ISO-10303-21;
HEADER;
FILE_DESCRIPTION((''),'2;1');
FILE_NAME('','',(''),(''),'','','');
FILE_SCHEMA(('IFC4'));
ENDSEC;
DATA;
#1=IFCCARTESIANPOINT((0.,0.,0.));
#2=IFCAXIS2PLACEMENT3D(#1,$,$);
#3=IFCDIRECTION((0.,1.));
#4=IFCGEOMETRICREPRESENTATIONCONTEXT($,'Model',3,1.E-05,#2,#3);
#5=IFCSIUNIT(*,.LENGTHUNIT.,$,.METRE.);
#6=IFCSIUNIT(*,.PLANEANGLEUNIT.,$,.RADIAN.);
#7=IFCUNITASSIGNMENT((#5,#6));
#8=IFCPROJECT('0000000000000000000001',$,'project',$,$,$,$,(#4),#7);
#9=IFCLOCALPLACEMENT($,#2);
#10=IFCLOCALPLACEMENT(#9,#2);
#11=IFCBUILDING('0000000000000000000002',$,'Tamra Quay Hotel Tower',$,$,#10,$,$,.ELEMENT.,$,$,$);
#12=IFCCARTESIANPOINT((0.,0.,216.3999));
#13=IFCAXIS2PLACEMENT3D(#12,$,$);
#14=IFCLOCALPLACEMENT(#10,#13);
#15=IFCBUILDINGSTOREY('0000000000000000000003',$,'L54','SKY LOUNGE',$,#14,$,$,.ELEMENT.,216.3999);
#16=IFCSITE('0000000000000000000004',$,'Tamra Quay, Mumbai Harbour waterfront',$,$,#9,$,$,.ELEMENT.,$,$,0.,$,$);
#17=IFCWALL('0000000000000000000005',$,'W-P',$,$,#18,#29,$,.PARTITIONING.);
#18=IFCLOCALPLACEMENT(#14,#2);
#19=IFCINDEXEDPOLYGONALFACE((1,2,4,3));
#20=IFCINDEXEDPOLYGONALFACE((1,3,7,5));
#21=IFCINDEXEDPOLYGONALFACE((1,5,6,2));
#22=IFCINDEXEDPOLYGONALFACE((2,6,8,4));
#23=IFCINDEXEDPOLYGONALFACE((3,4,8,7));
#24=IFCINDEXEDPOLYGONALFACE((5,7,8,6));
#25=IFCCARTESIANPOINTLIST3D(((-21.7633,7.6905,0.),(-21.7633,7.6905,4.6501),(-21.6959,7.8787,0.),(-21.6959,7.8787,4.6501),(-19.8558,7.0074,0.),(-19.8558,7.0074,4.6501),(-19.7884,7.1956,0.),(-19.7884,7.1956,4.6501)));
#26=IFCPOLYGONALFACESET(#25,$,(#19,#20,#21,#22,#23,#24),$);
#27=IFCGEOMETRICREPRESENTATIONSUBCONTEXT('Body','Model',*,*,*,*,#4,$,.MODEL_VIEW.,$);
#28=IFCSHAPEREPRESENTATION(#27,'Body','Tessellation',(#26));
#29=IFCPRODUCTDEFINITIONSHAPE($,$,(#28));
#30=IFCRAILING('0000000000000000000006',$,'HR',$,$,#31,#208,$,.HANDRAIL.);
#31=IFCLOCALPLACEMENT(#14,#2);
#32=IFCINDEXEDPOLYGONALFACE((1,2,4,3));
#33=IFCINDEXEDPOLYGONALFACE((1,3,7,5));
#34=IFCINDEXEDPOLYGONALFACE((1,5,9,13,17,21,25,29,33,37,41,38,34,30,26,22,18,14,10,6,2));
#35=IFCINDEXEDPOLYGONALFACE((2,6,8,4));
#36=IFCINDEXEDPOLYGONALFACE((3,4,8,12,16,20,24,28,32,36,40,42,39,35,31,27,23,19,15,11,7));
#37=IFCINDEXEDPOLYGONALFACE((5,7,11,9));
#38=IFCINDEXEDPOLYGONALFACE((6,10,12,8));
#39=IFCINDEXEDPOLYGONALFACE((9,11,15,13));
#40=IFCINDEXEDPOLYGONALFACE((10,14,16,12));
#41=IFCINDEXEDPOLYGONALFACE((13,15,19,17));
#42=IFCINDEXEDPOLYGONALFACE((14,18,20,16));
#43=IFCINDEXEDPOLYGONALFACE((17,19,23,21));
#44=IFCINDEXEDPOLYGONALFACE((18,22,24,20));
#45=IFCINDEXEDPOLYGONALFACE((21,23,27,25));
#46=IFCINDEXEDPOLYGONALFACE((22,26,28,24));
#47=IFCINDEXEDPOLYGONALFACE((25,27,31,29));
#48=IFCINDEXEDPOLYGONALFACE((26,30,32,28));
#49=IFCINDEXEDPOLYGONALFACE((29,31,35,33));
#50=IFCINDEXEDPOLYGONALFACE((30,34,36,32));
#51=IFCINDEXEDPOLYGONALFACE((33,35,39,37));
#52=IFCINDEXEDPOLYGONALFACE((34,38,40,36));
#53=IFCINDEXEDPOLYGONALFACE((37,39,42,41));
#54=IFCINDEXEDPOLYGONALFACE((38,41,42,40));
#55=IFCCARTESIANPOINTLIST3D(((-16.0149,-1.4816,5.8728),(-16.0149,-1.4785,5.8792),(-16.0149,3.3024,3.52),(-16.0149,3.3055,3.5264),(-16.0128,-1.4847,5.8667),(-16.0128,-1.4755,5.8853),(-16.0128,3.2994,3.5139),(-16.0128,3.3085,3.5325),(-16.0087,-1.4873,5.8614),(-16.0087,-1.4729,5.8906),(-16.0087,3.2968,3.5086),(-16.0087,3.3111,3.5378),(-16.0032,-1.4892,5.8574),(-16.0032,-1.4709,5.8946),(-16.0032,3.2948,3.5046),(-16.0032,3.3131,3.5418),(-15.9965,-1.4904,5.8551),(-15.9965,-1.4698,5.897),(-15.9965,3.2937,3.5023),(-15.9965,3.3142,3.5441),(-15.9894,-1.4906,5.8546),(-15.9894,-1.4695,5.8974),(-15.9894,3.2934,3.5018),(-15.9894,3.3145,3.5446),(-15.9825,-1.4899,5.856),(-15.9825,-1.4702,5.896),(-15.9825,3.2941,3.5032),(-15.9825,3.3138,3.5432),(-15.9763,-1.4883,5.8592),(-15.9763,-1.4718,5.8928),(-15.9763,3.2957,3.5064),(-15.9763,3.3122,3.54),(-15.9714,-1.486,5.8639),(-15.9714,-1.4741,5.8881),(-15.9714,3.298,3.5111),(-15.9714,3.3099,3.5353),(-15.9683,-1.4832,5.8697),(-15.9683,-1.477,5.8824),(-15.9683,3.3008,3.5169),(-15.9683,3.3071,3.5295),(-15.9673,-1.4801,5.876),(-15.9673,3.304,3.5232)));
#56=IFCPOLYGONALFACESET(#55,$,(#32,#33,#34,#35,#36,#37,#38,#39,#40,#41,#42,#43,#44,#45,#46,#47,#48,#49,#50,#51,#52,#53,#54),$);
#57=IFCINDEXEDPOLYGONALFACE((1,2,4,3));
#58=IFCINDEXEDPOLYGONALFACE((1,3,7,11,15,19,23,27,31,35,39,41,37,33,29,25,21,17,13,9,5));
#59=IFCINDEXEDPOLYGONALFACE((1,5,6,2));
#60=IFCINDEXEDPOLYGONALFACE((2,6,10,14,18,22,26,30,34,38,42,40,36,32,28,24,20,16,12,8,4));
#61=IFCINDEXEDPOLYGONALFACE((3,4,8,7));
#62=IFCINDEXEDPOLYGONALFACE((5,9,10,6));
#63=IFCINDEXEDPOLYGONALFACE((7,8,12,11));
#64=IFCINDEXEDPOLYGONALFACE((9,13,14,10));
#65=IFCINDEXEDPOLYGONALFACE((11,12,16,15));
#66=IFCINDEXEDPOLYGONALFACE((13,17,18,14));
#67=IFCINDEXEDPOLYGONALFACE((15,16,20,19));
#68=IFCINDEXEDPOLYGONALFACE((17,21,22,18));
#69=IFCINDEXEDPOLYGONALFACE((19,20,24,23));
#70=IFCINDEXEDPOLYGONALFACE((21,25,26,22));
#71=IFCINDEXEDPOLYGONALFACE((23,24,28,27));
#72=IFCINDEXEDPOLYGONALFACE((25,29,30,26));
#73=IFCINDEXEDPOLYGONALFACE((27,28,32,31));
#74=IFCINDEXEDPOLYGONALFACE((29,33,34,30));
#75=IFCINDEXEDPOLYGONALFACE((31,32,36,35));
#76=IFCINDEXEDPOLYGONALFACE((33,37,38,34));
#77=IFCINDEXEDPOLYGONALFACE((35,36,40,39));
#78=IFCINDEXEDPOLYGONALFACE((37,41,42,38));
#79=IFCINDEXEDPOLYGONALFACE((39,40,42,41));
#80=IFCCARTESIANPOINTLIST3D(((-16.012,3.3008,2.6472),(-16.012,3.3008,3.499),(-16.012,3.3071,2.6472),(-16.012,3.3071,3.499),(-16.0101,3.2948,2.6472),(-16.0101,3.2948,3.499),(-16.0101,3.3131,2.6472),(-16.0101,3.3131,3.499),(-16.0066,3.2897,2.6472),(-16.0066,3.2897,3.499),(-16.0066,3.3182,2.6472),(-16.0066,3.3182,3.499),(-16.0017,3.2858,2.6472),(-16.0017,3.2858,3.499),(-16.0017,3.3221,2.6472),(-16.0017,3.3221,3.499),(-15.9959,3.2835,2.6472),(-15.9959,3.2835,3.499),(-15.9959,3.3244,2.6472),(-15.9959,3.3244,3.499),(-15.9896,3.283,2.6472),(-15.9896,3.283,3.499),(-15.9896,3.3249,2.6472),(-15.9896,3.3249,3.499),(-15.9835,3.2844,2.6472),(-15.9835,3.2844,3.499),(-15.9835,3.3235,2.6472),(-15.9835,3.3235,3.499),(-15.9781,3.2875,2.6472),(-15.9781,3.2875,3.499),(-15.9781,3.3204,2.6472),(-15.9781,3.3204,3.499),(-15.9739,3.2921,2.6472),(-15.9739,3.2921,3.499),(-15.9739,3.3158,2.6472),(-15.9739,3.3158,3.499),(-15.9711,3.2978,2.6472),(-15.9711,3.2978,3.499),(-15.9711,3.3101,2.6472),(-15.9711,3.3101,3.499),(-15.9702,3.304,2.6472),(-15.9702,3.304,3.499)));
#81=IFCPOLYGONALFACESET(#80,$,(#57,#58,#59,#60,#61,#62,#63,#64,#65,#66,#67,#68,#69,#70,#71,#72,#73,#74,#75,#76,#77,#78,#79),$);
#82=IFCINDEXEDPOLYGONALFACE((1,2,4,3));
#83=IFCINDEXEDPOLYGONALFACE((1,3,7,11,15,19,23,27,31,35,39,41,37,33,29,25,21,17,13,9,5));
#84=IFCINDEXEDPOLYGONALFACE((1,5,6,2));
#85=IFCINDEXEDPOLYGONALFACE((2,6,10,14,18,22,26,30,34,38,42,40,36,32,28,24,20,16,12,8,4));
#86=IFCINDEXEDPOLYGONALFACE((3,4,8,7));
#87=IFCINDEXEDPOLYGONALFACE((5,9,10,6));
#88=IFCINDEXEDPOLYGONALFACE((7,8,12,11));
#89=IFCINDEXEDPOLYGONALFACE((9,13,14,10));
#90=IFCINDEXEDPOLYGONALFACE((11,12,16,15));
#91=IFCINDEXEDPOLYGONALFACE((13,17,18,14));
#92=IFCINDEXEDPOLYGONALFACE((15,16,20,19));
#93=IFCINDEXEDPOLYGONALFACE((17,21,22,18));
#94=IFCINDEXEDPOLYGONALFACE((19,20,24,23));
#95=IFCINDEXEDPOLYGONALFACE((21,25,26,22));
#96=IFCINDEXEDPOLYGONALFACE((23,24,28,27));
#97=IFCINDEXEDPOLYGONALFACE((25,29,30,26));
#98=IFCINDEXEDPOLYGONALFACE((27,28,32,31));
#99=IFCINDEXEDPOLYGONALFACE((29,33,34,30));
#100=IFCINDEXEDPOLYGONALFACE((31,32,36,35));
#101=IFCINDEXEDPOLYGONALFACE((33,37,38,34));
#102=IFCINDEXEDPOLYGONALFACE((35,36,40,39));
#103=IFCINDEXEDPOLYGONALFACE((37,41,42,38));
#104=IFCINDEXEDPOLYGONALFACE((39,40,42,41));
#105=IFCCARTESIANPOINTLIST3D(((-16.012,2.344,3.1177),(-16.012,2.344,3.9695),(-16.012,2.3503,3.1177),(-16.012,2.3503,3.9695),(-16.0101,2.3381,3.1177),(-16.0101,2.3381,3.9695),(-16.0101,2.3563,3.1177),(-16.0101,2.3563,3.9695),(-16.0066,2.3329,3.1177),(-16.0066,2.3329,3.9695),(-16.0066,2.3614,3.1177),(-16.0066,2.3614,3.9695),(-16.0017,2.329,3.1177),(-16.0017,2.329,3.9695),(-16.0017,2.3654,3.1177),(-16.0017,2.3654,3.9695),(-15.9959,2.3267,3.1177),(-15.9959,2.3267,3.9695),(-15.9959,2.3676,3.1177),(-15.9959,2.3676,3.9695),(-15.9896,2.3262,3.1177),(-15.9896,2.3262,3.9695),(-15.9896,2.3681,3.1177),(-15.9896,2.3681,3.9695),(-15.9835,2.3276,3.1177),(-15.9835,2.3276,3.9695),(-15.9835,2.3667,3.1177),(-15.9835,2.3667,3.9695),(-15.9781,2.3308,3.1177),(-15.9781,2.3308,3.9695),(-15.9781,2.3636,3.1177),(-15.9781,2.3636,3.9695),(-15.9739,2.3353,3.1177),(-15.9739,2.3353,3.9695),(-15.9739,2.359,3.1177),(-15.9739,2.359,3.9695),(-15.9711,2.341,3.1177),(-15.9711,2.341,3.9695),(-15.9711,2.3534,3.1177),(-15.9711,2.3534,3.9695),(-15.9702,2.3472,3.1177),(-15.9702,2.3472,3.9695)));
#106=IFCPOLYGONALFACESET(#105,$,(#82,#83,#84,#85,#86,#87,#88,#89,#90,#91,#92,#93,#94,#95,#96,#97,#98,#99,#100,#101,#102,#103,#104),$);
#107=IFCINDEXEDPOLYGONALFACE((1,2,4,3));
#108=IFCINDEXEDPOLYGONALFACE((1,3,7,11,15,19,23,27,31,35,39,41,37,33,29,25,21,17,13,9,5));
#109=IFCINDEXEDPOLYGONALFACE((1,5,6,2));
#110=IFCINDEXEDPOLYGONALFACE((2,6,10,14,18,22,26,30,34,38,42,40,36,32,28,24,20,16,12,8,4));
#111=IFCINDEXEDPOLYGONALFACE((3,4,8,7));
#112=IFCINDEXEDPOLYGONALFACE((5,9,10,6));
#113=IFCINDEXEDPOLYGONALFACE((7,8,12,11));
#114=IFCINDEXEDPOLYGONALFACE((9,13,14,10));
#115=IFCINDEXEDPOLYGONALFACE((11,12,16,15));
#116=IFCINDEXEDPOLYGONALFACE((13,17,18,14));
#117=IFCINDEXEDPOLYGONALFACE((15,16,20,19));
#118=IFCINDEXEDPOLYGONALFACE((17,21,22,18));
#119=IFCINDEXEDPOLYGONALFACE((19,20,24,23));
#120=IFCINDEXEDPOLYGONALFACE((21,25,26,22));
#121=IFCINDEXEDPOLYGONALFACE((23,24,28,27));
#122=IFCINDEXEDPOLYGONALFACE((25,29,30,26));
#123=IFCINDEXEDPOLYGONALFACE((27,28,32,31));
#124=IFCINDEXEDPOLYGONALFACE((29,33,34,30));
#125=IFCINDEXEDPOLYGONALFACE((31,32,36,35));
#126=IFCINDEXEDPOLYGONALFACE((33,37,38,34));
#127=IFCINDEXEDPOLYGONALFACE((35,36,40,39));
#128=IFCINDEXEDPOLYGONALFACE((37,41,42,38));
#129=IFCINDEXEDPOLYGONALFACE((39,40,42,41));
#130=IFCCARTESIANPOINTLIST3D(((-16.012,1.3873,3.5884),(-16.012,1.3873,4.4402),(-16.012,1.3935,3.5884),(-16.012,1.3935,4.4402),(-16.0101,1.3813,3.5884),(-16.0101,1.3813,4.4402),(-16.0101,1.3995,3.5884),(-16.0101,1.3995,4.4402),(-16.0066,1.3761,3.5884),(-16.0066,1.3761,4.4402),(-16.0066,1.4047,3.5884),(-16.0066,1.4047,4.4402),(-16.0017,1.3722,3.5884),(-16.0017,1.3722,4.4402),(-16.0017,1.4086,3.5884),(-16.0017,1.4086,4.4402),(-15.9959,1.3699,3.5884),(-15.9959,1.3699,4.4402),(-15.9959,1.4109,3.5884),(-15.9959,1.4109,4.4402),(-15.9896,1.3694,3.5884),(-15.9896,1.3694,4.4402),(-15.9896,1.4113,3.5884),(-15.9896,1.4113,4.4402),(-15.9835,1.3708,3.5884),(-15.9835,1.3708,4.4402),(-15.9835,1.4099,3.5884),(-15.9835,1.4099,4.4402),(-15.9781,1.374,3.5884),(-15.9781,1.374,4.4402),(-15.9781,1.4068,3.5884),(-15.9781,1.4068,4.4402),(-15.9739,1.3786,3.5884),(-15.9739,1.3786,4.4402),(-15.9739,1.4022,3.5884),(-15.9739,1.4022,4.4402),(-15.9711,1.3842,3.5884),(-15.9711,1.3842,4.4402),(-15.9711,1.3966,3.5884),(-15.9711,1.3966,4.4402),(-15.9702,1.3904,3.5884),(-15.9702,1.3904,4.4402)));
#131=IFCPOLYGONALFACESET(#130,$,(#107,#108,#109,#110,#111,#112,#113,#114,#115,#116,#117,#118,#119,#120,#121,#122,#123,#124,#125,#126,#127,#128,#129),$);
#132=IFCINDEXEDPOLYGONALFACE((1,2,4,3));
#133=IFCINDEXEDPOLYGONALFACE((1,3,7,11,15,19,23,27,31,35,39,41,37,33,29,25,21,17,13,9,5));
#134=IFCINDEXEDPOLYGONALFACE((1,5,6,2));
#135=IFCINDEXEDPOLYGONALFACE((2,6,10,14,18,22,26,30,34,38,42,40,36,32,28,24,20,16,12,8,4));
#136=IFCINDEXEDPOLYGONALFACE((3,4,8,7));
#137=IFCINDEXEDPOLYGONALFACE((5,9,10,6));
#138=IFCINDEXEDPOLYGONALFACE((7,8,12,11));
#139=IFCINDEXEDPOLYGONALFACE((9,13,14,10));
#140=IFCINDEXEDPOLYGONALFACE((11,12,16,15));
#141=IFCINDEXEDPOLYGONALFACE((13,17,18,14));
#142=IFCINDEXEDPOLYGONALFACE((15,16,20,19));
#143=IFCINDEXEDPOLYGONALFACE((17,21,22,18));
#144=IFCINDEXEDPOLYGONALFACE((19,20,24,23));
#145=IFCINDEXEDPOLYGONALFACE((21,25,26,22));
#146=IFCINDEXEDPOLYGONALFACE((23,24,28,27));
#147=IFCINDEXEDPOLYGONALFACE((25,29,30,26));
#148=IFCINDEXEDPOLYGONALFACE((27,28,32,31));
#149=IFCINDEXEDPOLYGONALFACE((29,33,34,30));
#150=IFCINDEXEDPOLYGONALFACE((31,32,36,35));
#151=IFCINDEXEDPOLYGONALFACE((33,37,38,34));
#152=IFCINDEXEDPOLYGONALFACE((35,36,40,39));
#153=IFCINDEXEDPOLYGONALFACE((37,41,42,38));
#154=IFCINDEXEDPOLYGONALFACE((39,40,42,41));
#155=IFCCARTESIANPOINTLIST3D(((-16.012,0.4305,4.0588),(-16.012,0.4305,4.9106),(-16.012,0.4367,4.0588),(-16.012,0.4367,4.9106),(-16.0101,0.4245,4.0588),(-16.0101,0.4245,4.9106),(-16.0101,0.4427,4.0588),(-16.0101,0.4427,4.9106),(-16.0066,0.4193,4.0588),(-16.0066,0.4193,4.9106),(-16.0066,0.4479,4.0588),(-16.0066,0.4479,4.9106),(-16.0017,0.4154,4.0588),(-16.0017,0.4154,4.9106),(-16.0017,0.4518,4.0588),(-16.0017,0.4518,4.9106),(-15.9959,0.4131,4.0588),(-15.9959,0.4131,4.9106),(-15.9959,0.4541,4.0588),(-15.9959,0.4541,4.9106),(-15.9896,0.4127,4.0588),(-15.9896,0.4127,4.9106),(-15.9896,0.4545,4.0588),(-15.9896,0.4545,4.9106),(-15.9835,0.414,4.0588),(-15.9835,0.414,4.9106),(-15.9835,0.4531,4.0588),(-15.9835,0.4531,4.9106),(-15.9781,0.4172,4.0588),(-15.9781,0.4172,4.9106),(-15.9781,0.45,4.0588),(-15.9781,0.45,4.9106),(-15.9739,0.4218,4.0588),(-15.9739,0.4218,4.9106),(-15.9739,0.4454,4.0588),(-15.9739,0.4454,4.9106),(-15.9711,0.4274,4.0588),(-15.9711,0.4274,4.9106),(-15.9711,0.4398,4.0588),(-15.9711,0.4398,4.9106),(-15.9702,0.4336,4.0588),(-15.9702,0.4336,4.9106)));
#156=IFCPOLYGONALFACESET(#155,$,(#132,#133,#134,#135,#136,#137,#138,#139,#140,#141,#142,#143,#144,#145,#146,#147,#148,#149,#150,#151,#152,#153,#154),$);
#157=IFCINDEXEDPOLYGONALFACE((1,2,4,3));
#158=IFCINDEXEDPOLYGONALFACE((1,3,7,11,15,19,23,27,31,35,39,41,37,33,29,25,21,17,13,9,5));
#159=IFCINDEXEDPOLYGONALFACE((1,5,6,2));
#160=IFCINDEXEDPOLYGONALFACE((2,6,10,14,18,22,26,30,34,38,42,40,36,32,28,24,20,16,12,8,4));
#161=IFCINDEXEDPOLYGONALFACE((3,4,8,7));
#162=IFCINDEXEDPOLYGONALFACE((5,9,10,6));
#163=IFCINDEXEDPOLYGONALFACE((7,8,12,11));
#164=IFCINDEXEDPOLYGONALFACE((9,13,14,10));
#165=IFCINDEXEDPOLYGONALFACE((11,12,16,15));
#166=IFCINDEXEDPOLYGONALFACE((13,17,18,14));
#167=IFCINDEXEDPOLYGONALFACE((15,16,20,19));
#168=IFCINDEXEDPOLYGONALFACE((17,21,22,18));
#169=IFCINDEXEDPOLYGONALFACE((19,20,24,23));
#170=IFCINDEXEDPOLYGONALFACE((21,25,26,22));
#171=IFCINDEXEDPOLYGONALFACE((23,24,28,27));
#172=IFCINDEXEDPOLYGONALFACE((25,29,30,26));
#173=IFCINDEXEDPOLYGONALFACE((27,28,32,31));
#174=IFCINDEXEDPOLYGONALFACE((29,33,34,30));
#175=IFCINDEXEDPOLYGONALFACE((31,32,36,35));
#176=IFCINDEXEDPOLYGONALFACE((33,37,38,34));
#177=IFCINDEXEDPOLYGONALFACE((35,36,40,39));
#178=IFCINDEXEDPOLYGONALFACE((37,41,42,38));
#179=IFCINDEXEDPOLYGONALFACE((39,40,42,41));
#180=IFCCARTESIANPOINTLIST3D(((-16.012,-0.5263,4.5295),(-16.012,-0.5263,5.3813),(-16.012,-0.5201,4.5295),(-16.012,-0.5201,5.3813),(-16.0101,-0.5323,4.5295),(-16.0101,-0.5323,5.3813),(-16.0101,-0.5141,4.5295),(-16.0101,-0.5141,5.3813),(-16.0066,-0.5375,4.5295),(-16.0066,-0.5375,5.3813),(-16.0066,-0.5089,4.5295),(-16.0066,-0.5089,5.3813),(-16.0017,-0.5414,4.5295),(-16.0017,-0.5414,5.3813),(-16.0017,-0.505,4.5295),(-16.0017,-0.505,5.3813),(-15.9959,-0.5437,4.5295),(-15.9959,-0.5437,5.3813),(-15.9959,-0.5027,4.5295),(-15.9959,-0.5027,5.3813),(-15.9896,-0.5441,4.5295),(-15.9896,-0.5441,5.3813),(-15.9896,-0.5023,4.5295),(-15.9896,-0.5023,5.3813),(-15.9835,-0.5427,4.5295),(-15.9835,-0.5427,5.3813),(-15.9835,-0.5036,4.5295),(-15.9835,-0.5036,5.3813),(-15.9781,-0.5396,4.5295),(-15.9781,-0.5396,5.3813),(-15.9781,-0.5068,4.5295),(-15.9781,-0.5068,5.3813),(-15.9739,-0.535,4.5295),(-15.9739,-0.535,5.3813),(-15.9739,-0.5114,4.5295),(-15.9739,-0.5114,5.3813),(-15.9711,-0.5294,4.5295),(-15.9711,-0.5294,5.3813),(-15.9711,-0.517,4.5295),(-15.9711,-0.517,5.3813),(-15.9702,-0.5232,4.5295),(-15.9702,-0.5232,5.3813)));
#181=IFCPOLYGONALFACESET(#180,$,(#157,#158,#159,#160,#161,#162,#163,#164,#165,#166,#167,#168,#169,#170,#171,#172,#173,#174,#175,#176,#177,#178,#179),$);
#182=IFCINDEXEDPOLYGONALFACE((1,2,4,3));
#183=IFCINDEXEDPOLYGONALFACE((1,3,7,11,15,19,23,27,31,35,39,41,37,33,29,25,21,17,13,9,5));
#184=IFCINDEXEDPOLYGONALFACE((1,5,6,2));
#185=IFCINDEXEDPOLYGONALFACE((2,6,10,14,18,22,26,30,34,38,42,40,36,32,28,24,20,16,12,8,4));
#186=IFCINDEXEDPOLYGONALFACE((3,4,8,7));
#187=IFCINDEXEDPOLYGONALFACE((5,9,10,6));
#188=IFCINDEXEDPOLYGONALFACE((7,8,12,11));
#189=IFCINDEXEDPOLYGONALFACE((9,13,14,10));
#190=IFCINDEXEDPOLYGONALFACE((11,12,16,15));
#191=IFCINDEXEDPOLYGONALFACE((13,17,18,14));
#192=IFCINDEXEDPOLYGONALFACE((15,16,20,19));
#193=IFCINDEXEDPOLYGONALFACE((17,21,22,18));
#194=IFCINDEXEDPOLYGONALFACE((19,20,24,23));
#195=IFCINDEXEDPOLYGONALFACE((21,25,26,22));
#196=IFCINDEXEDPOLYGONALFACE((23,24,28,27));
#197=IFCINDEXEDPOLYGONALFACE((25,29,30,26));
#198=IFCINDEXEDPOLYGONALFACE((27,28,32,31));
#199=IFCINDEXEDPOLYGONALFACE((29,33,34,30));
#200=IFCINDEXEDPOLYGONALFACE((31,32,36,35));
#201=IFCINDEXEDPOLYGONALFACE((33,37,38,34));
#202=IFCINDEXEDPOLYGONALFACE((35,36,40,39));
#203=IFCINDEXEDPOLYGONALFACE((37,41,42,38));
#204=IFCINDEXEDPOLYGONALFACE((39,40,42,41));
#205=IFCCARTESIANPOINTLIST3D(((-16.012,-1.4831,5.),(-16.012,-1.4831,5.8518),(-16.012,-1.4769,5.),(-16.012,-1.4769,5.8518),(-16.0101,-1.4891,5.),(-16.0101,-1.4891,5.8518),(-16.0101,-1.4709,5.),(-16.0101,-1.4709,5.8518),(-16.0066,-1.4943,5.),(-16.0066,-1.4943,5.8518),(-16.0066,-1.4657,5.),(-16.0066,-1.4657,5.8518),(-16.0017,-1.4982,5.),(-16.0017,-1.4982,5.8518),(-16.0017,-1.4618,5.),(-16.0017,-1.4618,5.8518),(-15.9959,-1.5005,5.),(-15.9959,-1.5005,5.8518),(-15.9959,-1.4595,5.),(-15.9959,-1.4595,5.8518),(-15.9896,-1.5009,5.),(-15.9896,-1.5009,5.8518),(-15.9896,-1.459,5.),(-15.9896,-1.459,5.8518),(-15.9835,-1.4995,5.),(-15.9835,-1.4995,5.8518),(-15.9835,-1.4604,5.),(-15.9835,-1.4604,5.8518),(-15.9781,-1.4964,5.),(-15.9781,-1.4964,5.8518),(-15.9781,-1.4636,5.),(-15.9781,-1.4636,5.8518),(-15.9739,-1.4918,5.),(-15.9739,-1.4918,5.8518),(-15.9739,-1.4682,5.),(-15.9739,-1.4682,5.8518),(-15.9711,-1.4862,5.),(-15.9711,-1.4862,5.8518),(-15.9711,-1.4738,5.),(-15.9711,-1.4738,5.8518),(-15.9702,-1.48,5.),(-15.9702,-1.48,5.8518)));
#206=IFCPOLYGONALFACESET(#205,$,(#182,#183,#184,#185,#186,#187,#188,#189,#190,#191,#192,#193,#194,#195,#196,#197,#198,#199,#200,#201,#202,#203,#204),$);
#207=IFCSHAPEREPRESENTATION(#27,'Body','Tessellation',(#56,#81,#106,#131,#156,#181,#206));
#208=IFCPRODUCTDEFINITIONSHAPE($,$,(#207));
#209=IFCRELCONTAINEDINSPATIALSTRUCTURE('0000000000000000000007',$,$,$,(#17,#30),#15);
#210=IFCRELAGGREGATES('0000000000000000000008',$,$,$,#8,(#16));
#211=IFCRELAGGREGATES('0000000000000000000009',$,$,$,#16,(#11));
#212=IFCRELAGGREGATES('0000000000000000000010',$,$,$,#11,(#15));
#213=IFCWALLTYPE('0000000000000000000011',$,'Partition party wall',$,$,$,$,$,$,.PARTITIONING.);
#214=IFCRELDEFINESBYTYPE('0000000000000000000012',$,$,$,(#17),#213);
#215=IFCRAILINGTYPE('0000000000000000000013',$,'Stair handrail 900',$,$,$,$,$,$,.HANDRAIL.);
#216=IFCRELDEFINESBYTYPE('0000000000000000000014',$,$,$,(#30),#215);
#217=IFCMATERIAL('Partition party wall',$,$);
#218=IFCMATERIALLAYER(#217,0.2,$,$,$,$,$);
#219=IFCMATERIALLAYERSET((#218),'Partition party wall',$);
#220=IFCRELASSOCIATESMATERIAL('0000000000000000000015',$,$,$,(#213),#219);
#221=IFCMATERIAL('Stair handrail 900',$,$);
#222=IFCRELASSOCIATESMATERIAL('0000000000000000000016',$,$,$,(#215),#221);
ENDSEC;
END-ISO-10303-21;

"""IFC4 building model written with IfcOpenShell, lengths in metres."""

from ifc_helpers import new_model, si_unit, direction, frame, frame_2d, origin, origin_2d, place, context, subcontext, project, spatial, rectangle, circle, extrude, material, layer, layer_set, type_object, element, save


model = new_model("IFC4")

# Units and contexts
model_context = context("Model", 3, precision=1e-05, world=origin(), true_north=direction((0.0, 1.0)))
body_context = subcontext(model_context, "Body", "Model", "MODEL_VIEW")
ifc_project = project(units=[si_unit("LENGTHUNIT", "METRE"), si_unit("PLANEANGLEUNIT", "RADIAN")], contexts=[model_context])

# Site, building, storey
site_placement = place(None, origin())
site = spatial("IfcSite", under=ifc_project, at=site_placement, Name="Tamra Quay, Mumbai Harbour waterfront", CompositionType="ELEMENT", RefElevation=0.0)
building_placement = place(site_placement, origin())
building = spatial("IfcBuilding", under=site, at=building_placement, Name="Tamra Quay Hotel Tower", CompositionType="ELEMENT")
storey_placement = place(building_placement, frame((0.0, 0.0, 216.3999)))
storey = spatial("IfcBuildingStorey", under=building, at=storey_placement, Name="L54", Description="SKY LOUNGE", CompositionType="ELEMENT", Elevation=216.3999)

# Wall
ifc_material_1 = material(Name="Partition party wall")
ifc_layer_1 = layer(ifc_material_1, 0.2)
ifc_layer_set_1 = layer_set([ifc_layer_1], Name="Partition party wall")
wall_type_1 = type_object("IfcWallType", Name="Partition party wall", PredefinedType="PARTITIONING", material=ifc_layer_set_1)
wall_1_placement = place(storey_placement, frame((-21.7297, 7.7847, 0.0), z_axis=(0.0, 0.0, 1.0), x_axis=(0.94145, -0.337153, 0.0)))
element("IfcWall", 1, at=wall_1_placement, inside=storey, type_object=wall_type_1, Name="W-P", PredefinedType="PARTITIONING", context=body_context, shape_type="SweptSolid", body=[
    extrude(rectangle(XDim=2.0261, YDim=0.2, at=frame_2d((1.0132, 0.0))), origin(), (0.0, 0.0, 1.0), 4.6501),
])

# Railing
ifc_material_2 = material(Name="Stair handrail 900")
railing_type = type_object("IfcRailingType", Name="Stair handrail 900", PredefinedType="HANDRAIL", material=ifc_material_2)
railing_placement = place(storey_placement, frame((-15.9912, 3.304, 2.6472)))
element("IfcRailing", 2, at=railing_placement, inside=storey, type_object=railing_type, Name="HR", PredefinedType="HANDRAIL", context=body_context, shape_type="SweptSolid", body=[
    extrude(circle(Radius=0.0239, at=origin_2d()), frame((0.0, 0.0, 0.876), z_axis=(0.0, -0.897348, 0.441324), x_axis=(1.0, 0.0, 0.0)), (0.0, 0.0, 1.0), 5.3313),
    extrude(circle(Radius=0.021, at=origin_2d()), origin(), (0.0, 0.0, 1.0), 0.8518),
    extrude(circle(Radius=0.021, at=origin_2d()), frame((0.0, -0.9568, 0.4705)), (0.0, 0.0, 1.0), 0.8518),
    extrude(circle(Radius=0.021, at=origin_2d()), frame((0.0, -1.9136, 0.9412)), (0.0, 0.0, 1.0), 0.8518),
    extrude(circle(Radius=0.021, at=origin_2d()), frame((0.0, -2.8704, 1.4116)), (0.0, 0.0, 1.0), 0.8518),
    extrude(circle(Radius=0.021, at=origin_2d()), frame((0.0, -3.8271, 1.8823)), (0.0, 0.0, 1.0), 0.8518),
    extrude(circle(Radius=0.021, at=origin_2d()), frame((0.0, -4.7839, 2.3528)), (0.0, 0.0, 1.0), 0.8518),
])

save(model, "model.ifc")
